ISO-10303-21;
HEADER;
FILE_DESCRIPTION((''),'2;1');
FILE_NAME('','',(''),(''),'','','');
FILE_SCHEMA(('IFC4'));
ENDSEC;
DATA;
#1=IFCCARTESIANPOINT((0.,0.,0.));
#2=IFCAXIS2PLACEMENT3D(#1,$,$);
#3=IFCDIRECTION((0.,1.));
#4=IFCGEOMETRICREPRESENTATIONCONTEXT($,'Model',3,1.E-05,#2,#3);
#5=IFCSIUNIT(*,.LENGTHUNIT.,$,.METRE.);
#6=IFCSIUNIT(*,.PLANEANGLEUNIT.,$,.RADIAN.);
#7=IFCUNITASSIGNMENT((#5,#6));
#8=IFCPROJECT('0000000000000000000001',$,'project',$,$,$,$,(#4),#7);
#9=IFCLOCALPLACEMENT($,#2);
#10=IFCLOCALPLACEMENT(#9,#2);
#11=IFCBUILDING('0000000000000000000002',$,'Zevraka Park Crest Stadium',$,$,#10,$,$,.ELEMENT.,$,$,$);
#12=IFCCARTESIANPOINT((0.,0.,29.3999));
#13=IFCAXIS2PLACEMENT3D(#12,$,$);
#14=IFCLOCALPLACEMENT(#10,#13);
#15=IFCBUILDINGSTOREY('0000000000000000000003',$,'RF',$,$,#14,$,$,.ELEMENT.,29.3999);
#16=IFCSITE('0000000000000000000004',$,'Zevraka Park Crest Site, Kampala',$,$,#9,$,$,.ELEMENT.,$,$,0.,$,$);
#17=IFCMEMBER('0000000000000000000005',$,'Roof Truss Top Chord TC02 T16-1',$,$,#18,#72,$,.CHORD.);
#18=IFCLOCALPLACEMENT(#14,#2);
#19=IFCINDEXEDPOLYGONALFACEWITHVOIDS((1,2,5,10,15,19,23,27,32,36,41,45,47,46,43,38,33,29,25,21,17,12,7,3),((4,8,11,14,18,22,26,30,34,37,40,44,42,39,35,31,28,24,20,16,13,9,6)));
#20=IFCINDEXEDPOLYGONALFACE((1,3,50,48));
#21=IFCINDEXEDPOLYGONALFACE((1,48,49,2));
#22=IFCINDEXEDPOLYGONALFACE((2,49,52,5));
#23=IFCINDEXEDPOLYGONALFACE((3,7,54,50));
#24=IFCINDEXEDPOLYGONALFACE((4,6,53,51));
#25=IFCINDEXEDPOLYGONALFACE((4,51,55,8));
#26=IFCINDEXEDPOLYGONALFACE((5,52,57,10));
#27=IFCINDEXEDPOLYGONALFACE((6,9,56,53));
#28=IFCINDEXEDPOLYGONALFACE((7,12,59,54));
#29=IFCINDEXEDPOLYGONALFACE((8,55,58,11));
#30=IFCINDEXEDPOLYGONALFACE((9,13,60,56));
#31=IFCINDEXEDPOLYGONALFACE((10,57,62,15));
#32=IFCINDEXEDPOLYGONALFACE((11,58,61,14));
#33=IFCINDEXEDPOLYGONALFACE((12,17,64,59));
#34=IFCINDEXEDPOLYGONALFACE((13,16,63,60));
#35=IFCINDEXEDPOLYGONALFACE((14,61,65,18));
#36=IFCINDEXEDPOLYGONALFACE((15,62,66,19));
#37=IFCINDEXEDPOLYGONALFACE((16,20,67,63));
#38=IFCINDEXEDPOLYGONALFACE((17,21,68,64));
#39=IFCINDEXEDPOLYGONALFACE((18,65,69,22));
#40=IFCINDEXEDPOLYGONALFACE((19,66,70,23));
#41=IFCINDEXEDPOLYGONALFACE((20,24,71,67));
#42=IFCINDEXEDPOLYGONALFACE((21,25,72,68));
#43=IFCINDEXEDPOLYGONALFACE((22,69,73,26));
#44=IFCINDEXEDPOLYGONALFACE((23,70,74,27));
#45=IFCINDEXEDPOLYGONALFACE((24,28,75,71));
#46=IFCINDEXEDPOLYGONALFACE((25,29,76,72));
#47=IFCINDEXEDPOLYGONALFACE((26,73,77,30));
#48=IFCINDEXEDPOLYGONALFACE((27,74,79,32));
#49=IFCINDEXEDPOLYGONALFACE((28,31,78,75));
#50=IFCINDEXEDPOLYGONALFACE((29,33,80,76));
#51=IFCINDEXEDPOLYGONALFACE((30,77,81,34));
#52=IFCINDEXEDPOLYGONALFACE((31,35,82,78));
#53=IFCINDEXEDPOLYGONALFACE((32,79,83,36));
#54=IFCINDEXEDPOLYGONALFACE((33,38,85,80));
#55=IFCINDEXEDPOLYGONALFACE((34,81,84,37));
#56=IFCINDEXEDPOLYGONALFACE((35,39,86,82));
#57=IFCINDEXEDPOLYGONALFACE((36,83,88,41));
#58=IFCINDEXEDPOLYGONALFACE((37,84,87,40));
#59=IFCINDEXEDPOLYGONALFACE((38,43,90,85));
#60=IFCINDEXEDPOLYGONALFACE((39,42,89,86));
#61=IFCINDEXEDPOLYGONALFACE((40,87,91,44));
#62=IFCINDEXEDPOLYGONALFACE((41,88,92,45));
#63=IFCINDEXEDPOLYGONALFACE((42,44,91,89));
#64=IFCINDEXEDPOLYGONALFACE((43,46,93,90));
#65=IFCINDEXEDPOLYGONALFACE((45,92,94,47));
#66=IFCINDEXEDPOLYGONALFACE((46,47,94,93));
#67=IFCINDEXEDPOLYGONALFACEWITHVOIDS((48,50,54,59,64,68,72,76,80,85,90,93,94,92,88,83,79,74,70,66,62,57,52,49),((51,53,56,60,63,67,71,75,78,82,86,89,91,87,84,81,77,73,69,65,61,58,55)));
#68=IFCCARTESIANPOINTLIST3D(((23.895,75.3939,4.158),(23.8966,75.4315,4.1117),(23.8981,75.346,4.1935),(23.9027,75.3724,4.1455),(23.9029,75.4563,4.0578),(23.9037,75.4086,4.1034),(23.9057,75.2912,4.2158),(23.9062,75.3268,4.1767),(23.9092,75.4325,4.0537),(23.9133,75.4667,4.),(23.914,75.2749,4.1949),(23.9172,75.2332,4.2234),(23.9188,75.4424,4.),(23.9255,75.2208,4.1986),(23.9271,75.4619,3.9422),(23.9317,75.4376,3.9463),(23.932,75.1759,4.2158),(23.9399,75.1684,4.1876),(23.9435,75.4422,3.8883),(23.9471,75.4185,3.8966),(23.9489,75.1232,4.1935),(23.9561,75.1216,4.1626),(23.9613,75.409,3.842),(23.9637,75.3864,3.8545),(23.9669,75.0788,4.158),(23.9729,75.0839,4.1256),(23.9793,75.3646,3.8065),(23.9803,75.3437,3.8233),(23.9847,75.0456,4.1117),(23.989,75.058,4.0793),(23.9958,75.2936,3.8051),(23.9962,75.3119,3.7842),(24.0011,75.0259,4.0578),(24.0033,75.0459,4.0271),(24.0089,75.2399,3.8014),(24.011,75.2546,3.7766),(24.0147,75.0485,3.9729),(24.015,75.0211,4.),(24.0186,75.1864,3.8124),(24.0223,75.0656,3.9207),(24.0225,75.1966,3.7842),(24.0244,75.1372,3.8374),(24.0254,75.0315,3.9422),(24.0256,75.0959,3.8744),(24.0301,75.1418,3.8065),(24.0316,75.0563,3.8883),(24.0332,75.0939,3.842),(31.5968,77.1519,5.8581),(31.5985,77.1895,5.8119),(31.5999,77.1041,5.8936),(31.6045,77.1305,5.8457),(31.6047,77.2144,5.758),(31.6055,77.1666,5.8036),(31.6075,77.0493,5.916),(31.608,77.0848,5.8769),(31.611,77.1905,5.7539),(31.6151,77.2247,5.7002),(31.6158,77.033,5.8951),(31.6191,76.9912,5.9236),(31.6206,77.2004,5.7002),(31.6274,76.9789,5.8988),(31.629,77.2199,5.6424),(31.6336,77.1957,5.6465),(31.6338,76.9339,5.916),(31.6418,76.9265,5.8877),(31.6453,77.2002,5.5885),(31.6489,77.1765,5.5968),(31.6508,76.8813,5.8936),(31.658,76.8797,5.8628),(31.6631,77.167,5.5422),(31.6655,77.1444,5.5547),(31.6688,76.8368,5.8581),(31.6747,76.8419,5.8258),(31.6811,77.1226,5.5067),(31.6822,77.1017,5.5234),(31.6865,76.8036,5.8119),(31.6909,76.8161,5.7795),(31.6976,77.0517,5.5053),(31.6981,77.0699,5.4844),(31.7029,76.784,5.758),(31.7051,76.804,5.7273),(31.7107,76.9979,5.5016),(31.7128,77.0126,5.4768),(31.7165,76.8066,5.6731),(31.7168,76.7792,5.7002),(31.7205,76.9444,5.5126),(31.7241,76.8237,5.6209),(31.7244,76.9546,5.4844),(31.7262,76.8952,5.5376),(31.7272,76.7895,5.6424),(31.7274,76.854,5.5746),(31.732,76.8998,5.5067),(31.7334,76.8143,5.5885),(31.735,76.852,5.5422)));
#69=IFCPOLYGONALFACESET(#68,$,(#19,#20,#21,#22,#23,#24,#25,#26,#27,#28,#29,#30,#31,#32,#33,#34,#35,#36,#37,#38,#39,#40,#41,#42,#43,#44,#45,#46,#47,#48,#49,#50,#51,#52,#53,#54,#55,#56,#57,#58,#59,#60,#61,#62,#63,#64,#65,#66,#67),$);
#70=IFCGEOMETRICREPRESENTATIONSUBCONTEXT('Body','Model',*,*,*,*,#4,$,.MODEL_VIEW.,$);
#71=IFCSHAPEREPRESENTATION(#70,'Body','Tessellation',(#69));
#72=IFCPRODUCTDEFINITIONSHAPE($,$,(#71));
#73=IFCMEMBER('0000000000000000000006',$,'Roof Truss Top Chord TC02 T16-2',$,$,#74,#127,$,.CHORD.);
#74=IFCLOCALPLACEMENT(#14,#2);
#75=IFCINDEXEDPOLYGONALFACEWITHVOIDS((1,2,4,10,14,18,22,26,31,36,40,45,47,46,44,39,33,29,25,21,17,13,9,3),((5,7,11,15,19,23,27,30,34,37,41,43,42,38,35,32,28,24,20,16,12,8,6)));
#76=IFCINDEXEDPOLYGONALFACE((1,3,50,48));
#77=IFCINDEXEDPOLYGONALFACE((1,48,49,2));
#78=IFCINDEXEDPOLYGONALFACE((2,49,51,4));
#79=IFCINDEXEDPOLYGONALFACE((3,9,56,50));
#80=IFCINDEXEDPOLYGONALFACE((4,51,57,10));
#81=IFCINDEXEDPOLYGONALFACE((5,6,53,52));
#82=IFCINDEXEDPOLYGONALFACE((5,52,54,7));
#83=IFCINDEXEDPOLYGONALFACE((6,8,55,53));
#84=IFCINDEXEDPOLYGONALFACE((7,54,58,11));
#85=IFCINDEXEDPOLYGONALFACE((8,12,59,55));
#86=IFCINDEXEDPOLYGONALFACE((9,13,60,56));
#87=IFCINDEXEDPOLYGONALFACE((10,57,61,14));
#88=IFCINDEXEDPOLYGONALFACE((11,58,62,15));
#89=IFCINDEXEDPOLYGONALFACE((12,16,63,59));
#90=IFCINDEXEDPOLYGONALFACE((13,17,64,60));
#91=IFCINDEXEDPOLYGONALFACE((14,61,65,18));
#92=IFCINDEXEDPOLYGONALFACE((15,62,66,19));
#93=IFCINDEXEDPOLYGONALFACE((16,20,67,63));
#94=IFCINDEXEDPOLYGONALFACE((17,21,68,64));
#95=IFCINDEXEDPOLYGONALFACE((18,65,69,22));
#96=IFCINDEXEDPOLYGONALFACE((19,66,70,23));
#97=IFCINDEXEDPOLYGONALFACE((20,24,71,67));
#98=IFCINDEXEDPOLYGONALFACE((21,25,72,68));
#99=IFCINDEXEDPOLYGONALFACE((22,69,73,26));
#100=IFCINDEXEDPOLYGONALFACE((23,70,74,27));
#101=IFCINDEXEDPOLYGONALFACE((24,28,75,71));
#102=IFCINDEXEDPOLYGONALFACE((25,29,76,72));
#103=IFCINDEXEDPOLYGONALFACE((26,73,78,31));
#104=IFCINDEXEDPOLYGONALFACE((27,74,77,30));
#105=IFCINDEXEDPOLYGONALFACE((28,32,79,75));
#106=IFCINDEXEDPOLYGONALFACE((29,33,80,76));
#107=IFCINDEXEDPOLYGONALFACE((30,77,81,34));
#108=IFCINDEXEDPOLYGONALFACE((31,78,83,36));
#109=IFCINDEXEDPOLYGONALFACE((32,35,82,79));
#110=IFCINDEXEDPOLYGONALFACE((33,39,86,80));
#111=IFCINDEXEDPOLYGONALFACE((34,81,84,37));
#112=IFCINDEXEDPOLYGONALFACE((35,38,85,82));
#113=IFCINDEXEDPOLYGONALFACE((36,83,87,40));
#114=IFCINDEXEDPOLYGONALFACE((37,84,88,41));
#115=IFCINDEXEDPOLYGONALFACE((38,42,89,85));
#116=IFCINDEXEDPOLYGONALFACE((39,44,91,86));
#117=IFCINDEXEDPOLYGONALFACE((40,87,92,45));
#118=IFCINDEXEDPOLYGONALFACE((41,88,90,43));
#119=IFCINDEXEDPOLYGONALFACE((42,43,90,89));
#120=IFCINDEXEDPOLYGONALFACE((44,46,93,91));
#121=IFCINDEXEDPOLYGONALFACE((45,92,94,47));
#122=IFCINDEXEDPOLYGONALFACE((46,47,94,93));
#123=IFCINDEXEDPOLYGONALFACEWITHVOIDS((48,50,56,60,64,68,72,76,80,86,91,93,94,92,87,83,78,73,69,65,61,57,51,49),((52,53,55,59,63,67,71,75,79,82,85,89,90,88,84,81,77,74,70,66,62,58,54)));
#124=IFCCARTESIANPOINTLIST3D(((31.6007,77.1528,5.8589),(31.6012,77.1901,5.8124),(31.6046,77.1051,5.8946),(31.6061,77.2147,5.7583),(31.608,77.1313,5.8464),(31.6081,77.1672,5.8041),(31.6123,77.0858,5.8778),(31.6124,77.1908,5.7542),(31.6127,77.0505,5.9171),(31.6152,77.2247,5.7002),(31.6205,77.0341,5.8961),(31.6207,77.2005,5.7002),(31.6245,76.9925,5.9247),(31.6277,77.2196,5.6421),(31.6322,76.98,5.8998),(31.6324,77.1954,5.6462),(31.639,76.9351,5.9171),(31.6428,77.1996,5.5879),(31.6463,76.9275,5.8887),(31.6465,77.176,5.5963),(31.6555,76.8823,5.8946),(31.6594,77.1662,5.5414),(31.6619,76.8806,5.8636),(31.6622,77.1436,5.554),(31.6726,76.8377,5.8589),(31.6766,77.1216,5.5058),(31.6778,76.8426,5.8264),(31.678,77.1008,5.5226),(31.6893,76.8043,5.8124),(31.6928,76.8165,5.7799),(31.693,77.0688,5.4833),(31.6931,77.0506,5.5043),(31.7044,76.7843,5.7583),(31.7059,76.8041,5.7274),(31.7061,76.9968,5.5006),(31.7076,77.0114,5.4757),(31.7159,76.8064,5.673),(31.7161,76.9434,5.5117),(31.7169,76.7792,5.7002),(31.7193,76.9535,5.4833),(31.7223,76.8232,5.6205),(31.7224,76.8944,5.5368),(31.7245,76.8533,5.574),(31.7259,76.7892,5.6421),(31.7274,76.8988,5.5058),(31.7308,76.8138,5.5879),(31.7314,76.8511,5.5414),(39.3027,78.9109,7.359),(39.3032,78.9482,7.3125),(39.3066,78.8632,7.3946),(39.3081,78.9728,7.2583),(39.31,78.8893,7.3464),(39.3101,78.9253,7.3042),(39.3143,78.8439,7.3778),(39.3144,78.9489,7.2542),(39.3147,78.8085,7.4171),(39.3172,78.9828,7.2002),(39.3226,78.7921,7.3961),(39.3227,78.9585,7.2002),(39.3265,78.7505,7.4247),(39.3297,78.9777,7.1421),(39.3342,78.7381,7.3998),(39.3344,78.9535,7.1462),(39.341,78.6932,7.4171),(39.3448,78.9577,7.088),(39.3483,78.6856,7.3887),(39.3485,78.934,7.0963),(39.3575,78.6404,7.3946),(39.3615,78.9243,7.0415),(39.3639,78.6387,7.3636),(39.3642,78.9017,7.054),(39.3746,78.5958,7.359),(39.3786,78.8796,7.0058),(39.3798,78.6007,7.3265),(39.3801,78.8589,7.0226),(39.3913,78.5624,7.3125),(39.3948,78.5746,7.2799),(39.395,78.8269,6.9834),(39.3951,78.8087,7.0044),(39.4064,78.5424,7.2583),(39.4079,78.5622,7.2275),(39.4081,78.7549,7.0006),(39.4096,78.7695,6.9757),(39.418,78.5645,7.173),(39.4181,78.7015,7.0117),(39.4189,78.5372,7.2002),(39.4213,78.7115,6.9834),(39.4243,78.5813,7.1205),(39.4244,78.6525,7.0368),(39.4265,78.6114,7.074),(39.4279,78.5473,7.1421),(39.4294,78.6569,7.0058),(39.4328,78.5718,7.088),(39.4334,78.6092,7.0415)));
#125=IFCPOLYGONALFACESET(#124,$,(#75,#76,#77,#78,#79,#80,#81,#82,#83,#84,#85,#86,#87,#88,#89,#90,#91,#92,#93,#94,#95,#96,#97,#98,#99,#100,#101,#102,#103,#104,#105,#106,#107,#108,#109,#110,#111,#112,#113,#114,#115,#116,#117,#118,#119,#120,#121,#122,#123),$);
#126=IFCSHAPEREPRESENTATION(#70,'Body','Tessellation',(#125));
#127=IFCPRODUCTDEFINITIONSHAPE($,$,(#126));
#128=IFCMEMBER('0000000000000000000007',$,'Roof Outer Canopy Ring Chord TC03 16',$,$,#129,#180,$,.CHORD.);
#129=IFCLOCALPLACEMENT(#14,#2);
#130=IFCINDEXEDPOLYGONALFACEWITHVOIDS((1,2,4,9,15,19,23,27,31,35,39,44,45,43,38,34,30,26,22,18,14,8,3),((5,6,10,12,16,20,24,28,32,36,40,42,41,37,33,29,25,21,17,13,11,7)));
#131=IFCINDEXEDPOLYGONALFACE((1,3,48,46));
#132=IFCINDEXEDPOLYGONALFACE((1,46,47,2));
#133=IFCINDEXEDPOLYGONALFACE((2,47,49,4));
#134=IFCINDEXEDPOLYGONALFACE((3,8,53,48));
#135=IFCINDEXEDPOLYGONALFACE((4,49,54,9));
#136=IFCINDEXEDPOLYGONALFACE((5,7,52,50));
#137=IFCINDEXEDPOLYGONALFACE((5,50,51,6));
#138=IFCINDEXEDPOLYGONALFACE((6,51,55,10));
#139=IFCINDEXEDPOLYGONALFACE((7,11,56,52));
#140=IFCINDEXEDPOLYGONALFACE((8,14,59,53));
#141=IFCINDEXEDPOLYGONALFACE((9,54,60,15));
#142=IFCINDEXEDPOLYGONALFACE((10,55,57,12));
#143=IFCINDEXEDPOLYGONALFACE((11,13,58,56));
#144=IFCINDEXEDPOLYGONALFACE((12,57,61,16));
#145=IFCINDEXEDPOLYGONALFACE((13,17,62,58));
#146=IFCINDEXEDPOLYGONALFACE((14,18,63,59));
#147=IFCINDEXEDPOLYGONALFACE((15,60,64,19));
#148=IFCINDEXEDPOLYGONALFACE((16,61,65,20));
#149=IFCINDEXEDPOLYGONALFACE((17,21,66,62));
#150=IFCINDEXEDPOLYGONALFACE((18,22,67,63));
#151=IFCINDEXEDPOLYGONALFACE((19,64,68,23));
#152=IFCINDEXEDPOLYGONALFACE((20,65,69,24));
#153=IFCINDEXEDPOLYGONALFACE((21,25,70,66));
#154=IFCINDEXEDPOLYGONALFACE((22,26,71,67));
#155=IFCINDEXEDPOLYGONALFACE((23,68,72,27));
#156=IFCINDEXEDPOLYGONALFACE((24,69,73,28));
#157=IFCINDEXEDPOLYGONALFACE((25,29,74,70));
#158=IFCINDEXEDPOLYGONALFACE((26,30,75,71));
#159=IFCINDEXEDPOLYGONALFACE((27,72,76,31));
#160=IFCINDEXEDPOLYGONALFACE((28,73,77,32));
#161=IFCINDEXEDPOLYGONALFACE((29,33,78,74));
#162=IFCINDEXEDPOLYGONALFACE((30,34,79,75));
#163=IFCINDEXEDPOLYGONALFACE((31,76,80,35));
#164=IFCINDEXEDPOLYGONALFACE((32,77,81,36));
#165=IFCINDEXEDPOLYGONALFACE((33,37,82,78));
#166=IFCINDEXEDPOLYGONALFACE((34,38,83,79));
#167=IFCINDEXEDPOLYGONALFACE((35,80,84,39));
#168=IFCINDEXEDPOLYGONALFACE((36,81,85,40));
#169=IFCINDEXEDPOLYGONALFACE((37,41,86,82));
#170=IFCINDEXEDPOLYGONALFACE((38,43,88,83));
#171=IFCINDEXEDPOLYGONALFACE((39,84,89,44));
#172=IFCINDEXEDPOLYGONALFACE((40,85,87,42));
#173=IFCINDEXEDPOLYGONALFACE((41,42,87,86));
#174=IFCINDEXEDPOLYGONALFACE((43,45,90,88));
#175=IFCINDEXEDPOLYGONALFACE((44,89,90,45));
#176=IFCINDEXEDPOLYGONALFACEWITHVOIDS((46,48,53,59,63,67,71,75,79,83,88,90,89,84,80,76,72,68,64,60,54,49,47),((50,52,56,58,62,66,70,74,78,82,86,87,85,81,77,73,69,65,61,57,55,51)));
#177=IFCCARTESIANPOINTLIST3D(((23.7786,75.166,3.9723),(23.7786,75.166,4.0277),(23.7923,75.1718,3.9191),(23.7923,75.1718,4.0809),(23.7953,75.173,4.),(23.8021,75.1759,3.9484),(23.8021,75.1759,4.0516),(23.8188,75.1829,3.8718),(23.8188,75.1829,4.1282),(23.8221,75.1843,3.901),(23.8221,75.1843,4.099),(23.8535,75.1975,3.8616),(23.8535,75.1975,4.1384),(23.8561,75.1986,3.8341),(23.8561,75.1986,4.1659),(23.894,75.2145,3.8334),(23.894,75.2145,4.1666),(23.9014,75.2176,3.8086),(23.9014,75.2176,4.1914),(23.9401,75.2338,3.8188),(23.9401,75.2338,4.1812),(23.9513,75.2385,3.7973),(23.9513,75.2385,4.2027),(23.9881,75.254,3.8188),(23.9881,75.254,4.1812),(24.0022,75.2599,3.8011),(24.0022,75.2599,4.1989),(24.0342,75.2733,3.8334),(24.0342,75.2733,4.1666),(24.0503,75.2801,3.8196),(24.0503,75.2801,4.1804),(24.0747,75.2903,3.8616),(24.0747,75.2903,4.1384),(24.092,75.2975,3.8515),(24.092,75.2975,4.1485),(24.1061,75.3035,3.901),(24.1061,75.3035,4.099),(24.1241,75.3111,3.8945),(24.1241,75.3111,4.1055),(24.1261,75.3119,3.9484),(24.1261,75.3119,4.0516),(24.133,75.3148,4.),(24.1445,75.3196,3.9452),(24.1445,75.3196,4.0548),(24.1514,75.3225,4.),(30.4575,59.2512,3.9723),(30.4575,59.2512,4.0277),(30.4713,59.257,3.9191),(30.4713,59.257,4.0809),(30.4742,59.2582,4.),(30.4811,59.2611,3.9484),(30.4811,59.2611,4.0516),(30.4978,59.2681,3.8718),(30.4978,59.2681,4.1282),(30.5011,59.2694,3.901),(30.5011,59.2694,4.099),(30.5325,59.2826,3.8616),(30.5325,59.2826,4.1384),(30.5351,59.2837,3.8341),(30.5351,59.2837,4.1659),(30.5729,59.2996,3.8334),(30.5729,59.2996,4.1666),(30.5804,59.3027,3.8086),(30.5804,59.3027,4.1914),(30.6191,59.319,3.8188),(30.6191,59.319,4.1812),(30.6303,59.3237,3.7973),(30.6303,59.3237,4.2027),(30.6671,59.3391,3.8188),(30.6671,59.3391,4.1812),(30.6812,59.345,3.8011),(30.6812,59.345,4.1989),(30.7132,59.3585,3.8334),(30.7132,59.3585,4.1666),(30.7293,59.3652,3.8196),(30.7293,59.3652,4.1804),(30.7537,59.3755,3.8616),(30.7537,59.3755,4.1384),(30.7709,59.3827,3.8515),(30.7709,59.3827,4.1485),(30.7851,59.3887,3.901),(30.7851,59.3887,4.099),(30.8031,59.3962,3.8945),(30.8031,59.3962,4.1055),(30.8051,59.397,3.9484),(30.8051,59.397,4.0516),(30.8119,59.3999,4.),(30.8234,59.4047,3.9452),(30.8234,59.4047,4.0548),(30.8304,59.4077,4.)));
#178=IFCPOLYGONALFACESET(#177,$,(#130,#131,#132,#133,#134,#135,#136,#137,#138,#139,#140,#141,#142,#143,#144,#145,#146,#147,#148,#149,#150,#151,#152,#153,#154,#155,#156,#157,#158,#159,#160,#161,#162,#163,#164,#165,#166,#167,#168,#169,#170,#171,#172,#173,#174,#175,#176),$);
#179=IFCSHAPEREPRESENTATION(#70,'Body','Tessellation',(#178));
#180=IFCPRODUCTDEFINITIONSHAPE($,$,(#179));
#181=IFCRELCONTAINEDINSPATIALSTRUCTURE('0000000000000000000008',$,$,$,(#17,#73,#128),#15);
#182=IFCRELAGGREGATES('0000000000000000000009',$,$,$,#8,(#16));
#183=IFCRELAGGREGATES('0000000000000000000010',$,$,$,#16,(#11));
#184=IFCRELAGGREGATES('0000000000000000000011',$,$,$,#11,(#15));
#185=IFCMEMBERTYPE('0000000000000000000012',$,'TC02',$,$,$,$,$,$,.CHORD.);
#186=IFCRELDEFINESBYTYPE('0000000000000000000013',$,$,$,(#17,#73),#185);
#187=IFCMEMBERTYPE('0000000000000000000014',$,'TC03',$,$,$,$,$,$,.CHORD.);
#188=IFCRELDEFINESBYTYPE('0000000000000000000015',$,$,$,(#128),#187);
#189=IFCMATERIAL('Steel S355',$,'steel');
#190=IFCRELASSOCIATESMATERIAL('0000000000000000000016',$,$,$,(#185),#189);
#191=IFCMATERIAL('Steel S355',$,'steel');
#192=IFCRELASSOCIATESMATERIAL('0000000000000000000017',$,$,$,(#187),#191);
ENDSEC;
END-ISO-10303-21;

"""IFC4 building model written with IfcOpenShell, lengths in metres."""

from ifc_helpers import new_model, si_unit, direction, frame, origin, origin_2d, place, context, subcontext, project, spatial, hollow_circle, extrude, material, material_profile, profile_set, type_object, element, save


model = new_model("IFC4")

# Units and contexts
model_context = context("Model", 3, precision=1e-05, world=origin(), true_north=direction((0.0, 1.0)))
body_context = subcontext(model_context, "Body", "Model", "MODEL_VIEW")
ifc_project = project(units=[si_unit("LENGTHUNIT", "METRE"), si_unit("PLANEANGLEUNIT", "RADIAN")], contexts=[model_context])

# Site, building, storey
site_placement = place(None, origin())
site = spatial("IfcSite", under=ifc_project, at=site_placement, Name="Zevraka Park Crest Site, Kampala", CompositionType="ELEMENT", RefElevation=0.0)
building_placement = place(site_placement, origin())
building = spatial("IfcBuilding", under=site, at=building_placement, Name="Zevraka Park Crest Stadium", CompositionType="ELEMENT")
storey_placement = place(building_placement, frame((0.0, 0.0, 29.3999)))
storey = spatial("IfcBuildingStorey", under=building, at=storey_placement, Name="RF", CompositionType="ELEMENT", Elevation=29.3999)

# Members
ifc_material_1 = material(Name="Steel S355", Category="steel")
ifc_material_profile_1 = material_profile(ifc_material_1, hollow_circle(Radius=0.2285, WallThickness=0.0249, at=origin_2d()), Name="CHS 457.0x25")
ifc_profile_set_1 = profile_set([ifc_material_profile_1], Name="Steel S355")
member_type_1 = type_object("IfcMemberType", Name="TC02", PredefinedType="CHORD", material=ifc_profile_set_1)
member_1_placement = place(storey_placement, frame((23.9641, 75.2439, 4.0), z_axis=(0.953101, 0.217557, 0.210397), x_axis=(-0.222539, 0.974924, 0.0)))
element("IfcMember", 1, at=member_1_placement, inside=storey, type_object=member_type_1, Name="Roof Truss Top Chord TC02 T16-1", PredefinedType="CHORD", context=body_context, shape_type="SweptSolid", body=[
    extrude(hollow_circle(Radius=0.2285, WallThickness=0.0249, at=origin_2d()), origin(), (0.0, 0.0, 1.0), 8.0808),
])
member_2_placement = place(storey_placement, frame((31.666, 77.002, 5.7002), z_axis=(0.957811, 0.218632, 0.18654), x_axis=(-0.222539, 0.974924, 0.0)))
element("IfcMember", 2, at=member_2_placement, inside=storey, type_object=member_type_1, Name="Roof Truss Top Chord TC02 T16-2", PredefinedType="CHORD", context=body_context, shape_type="SweptSolid", body=[
    extrude(hollow_circle(Radius=0.2285, WallThickness=0.0249, at=origin_2d()), origin(), (0.0, 0.0, 1.0), 8.0413),
])
ifc_material_2 = material(Name="Steel S355", Category="steel")
ifc_material_profile_2 = material_profile(ifc_material_2, hollow_circle(Radius=0.2031, WallThickness=0.02, at=origin_2d()), Name="CHS 406.4x20")
ifc_profile_set_2 = profile_set([ifc_material_profile_2], Name="Steel S355")
member_type_2 = type_object("IfcMemberType", Name="TC03", PredefinedType="CHORD", material=ifc_profile_set_2)
member_3_placement = place(storey_placement, frame((23.9641, 75.2439, 4.0), z_axis=(0.386973, -0.922091, 0.0), x_axis=(0.922091, 0.386973, 0.0)))
element("IfcMember", 3, at=member_3_placement, inside=storey, type_object=member_type_2, Name="Roof Outer Canopy Ring Chord TC03 16", PredefinedType="CHORD", context=body_context, shape_type="SweptSolid", body=[
    extrude(hollow_circle(Radius=0.2031, WallThickness=0.02, at=origin_2d()), origin(), (0.0, 0.0, 1.0), 17.2595),
])

save(model, "model.ifc")
